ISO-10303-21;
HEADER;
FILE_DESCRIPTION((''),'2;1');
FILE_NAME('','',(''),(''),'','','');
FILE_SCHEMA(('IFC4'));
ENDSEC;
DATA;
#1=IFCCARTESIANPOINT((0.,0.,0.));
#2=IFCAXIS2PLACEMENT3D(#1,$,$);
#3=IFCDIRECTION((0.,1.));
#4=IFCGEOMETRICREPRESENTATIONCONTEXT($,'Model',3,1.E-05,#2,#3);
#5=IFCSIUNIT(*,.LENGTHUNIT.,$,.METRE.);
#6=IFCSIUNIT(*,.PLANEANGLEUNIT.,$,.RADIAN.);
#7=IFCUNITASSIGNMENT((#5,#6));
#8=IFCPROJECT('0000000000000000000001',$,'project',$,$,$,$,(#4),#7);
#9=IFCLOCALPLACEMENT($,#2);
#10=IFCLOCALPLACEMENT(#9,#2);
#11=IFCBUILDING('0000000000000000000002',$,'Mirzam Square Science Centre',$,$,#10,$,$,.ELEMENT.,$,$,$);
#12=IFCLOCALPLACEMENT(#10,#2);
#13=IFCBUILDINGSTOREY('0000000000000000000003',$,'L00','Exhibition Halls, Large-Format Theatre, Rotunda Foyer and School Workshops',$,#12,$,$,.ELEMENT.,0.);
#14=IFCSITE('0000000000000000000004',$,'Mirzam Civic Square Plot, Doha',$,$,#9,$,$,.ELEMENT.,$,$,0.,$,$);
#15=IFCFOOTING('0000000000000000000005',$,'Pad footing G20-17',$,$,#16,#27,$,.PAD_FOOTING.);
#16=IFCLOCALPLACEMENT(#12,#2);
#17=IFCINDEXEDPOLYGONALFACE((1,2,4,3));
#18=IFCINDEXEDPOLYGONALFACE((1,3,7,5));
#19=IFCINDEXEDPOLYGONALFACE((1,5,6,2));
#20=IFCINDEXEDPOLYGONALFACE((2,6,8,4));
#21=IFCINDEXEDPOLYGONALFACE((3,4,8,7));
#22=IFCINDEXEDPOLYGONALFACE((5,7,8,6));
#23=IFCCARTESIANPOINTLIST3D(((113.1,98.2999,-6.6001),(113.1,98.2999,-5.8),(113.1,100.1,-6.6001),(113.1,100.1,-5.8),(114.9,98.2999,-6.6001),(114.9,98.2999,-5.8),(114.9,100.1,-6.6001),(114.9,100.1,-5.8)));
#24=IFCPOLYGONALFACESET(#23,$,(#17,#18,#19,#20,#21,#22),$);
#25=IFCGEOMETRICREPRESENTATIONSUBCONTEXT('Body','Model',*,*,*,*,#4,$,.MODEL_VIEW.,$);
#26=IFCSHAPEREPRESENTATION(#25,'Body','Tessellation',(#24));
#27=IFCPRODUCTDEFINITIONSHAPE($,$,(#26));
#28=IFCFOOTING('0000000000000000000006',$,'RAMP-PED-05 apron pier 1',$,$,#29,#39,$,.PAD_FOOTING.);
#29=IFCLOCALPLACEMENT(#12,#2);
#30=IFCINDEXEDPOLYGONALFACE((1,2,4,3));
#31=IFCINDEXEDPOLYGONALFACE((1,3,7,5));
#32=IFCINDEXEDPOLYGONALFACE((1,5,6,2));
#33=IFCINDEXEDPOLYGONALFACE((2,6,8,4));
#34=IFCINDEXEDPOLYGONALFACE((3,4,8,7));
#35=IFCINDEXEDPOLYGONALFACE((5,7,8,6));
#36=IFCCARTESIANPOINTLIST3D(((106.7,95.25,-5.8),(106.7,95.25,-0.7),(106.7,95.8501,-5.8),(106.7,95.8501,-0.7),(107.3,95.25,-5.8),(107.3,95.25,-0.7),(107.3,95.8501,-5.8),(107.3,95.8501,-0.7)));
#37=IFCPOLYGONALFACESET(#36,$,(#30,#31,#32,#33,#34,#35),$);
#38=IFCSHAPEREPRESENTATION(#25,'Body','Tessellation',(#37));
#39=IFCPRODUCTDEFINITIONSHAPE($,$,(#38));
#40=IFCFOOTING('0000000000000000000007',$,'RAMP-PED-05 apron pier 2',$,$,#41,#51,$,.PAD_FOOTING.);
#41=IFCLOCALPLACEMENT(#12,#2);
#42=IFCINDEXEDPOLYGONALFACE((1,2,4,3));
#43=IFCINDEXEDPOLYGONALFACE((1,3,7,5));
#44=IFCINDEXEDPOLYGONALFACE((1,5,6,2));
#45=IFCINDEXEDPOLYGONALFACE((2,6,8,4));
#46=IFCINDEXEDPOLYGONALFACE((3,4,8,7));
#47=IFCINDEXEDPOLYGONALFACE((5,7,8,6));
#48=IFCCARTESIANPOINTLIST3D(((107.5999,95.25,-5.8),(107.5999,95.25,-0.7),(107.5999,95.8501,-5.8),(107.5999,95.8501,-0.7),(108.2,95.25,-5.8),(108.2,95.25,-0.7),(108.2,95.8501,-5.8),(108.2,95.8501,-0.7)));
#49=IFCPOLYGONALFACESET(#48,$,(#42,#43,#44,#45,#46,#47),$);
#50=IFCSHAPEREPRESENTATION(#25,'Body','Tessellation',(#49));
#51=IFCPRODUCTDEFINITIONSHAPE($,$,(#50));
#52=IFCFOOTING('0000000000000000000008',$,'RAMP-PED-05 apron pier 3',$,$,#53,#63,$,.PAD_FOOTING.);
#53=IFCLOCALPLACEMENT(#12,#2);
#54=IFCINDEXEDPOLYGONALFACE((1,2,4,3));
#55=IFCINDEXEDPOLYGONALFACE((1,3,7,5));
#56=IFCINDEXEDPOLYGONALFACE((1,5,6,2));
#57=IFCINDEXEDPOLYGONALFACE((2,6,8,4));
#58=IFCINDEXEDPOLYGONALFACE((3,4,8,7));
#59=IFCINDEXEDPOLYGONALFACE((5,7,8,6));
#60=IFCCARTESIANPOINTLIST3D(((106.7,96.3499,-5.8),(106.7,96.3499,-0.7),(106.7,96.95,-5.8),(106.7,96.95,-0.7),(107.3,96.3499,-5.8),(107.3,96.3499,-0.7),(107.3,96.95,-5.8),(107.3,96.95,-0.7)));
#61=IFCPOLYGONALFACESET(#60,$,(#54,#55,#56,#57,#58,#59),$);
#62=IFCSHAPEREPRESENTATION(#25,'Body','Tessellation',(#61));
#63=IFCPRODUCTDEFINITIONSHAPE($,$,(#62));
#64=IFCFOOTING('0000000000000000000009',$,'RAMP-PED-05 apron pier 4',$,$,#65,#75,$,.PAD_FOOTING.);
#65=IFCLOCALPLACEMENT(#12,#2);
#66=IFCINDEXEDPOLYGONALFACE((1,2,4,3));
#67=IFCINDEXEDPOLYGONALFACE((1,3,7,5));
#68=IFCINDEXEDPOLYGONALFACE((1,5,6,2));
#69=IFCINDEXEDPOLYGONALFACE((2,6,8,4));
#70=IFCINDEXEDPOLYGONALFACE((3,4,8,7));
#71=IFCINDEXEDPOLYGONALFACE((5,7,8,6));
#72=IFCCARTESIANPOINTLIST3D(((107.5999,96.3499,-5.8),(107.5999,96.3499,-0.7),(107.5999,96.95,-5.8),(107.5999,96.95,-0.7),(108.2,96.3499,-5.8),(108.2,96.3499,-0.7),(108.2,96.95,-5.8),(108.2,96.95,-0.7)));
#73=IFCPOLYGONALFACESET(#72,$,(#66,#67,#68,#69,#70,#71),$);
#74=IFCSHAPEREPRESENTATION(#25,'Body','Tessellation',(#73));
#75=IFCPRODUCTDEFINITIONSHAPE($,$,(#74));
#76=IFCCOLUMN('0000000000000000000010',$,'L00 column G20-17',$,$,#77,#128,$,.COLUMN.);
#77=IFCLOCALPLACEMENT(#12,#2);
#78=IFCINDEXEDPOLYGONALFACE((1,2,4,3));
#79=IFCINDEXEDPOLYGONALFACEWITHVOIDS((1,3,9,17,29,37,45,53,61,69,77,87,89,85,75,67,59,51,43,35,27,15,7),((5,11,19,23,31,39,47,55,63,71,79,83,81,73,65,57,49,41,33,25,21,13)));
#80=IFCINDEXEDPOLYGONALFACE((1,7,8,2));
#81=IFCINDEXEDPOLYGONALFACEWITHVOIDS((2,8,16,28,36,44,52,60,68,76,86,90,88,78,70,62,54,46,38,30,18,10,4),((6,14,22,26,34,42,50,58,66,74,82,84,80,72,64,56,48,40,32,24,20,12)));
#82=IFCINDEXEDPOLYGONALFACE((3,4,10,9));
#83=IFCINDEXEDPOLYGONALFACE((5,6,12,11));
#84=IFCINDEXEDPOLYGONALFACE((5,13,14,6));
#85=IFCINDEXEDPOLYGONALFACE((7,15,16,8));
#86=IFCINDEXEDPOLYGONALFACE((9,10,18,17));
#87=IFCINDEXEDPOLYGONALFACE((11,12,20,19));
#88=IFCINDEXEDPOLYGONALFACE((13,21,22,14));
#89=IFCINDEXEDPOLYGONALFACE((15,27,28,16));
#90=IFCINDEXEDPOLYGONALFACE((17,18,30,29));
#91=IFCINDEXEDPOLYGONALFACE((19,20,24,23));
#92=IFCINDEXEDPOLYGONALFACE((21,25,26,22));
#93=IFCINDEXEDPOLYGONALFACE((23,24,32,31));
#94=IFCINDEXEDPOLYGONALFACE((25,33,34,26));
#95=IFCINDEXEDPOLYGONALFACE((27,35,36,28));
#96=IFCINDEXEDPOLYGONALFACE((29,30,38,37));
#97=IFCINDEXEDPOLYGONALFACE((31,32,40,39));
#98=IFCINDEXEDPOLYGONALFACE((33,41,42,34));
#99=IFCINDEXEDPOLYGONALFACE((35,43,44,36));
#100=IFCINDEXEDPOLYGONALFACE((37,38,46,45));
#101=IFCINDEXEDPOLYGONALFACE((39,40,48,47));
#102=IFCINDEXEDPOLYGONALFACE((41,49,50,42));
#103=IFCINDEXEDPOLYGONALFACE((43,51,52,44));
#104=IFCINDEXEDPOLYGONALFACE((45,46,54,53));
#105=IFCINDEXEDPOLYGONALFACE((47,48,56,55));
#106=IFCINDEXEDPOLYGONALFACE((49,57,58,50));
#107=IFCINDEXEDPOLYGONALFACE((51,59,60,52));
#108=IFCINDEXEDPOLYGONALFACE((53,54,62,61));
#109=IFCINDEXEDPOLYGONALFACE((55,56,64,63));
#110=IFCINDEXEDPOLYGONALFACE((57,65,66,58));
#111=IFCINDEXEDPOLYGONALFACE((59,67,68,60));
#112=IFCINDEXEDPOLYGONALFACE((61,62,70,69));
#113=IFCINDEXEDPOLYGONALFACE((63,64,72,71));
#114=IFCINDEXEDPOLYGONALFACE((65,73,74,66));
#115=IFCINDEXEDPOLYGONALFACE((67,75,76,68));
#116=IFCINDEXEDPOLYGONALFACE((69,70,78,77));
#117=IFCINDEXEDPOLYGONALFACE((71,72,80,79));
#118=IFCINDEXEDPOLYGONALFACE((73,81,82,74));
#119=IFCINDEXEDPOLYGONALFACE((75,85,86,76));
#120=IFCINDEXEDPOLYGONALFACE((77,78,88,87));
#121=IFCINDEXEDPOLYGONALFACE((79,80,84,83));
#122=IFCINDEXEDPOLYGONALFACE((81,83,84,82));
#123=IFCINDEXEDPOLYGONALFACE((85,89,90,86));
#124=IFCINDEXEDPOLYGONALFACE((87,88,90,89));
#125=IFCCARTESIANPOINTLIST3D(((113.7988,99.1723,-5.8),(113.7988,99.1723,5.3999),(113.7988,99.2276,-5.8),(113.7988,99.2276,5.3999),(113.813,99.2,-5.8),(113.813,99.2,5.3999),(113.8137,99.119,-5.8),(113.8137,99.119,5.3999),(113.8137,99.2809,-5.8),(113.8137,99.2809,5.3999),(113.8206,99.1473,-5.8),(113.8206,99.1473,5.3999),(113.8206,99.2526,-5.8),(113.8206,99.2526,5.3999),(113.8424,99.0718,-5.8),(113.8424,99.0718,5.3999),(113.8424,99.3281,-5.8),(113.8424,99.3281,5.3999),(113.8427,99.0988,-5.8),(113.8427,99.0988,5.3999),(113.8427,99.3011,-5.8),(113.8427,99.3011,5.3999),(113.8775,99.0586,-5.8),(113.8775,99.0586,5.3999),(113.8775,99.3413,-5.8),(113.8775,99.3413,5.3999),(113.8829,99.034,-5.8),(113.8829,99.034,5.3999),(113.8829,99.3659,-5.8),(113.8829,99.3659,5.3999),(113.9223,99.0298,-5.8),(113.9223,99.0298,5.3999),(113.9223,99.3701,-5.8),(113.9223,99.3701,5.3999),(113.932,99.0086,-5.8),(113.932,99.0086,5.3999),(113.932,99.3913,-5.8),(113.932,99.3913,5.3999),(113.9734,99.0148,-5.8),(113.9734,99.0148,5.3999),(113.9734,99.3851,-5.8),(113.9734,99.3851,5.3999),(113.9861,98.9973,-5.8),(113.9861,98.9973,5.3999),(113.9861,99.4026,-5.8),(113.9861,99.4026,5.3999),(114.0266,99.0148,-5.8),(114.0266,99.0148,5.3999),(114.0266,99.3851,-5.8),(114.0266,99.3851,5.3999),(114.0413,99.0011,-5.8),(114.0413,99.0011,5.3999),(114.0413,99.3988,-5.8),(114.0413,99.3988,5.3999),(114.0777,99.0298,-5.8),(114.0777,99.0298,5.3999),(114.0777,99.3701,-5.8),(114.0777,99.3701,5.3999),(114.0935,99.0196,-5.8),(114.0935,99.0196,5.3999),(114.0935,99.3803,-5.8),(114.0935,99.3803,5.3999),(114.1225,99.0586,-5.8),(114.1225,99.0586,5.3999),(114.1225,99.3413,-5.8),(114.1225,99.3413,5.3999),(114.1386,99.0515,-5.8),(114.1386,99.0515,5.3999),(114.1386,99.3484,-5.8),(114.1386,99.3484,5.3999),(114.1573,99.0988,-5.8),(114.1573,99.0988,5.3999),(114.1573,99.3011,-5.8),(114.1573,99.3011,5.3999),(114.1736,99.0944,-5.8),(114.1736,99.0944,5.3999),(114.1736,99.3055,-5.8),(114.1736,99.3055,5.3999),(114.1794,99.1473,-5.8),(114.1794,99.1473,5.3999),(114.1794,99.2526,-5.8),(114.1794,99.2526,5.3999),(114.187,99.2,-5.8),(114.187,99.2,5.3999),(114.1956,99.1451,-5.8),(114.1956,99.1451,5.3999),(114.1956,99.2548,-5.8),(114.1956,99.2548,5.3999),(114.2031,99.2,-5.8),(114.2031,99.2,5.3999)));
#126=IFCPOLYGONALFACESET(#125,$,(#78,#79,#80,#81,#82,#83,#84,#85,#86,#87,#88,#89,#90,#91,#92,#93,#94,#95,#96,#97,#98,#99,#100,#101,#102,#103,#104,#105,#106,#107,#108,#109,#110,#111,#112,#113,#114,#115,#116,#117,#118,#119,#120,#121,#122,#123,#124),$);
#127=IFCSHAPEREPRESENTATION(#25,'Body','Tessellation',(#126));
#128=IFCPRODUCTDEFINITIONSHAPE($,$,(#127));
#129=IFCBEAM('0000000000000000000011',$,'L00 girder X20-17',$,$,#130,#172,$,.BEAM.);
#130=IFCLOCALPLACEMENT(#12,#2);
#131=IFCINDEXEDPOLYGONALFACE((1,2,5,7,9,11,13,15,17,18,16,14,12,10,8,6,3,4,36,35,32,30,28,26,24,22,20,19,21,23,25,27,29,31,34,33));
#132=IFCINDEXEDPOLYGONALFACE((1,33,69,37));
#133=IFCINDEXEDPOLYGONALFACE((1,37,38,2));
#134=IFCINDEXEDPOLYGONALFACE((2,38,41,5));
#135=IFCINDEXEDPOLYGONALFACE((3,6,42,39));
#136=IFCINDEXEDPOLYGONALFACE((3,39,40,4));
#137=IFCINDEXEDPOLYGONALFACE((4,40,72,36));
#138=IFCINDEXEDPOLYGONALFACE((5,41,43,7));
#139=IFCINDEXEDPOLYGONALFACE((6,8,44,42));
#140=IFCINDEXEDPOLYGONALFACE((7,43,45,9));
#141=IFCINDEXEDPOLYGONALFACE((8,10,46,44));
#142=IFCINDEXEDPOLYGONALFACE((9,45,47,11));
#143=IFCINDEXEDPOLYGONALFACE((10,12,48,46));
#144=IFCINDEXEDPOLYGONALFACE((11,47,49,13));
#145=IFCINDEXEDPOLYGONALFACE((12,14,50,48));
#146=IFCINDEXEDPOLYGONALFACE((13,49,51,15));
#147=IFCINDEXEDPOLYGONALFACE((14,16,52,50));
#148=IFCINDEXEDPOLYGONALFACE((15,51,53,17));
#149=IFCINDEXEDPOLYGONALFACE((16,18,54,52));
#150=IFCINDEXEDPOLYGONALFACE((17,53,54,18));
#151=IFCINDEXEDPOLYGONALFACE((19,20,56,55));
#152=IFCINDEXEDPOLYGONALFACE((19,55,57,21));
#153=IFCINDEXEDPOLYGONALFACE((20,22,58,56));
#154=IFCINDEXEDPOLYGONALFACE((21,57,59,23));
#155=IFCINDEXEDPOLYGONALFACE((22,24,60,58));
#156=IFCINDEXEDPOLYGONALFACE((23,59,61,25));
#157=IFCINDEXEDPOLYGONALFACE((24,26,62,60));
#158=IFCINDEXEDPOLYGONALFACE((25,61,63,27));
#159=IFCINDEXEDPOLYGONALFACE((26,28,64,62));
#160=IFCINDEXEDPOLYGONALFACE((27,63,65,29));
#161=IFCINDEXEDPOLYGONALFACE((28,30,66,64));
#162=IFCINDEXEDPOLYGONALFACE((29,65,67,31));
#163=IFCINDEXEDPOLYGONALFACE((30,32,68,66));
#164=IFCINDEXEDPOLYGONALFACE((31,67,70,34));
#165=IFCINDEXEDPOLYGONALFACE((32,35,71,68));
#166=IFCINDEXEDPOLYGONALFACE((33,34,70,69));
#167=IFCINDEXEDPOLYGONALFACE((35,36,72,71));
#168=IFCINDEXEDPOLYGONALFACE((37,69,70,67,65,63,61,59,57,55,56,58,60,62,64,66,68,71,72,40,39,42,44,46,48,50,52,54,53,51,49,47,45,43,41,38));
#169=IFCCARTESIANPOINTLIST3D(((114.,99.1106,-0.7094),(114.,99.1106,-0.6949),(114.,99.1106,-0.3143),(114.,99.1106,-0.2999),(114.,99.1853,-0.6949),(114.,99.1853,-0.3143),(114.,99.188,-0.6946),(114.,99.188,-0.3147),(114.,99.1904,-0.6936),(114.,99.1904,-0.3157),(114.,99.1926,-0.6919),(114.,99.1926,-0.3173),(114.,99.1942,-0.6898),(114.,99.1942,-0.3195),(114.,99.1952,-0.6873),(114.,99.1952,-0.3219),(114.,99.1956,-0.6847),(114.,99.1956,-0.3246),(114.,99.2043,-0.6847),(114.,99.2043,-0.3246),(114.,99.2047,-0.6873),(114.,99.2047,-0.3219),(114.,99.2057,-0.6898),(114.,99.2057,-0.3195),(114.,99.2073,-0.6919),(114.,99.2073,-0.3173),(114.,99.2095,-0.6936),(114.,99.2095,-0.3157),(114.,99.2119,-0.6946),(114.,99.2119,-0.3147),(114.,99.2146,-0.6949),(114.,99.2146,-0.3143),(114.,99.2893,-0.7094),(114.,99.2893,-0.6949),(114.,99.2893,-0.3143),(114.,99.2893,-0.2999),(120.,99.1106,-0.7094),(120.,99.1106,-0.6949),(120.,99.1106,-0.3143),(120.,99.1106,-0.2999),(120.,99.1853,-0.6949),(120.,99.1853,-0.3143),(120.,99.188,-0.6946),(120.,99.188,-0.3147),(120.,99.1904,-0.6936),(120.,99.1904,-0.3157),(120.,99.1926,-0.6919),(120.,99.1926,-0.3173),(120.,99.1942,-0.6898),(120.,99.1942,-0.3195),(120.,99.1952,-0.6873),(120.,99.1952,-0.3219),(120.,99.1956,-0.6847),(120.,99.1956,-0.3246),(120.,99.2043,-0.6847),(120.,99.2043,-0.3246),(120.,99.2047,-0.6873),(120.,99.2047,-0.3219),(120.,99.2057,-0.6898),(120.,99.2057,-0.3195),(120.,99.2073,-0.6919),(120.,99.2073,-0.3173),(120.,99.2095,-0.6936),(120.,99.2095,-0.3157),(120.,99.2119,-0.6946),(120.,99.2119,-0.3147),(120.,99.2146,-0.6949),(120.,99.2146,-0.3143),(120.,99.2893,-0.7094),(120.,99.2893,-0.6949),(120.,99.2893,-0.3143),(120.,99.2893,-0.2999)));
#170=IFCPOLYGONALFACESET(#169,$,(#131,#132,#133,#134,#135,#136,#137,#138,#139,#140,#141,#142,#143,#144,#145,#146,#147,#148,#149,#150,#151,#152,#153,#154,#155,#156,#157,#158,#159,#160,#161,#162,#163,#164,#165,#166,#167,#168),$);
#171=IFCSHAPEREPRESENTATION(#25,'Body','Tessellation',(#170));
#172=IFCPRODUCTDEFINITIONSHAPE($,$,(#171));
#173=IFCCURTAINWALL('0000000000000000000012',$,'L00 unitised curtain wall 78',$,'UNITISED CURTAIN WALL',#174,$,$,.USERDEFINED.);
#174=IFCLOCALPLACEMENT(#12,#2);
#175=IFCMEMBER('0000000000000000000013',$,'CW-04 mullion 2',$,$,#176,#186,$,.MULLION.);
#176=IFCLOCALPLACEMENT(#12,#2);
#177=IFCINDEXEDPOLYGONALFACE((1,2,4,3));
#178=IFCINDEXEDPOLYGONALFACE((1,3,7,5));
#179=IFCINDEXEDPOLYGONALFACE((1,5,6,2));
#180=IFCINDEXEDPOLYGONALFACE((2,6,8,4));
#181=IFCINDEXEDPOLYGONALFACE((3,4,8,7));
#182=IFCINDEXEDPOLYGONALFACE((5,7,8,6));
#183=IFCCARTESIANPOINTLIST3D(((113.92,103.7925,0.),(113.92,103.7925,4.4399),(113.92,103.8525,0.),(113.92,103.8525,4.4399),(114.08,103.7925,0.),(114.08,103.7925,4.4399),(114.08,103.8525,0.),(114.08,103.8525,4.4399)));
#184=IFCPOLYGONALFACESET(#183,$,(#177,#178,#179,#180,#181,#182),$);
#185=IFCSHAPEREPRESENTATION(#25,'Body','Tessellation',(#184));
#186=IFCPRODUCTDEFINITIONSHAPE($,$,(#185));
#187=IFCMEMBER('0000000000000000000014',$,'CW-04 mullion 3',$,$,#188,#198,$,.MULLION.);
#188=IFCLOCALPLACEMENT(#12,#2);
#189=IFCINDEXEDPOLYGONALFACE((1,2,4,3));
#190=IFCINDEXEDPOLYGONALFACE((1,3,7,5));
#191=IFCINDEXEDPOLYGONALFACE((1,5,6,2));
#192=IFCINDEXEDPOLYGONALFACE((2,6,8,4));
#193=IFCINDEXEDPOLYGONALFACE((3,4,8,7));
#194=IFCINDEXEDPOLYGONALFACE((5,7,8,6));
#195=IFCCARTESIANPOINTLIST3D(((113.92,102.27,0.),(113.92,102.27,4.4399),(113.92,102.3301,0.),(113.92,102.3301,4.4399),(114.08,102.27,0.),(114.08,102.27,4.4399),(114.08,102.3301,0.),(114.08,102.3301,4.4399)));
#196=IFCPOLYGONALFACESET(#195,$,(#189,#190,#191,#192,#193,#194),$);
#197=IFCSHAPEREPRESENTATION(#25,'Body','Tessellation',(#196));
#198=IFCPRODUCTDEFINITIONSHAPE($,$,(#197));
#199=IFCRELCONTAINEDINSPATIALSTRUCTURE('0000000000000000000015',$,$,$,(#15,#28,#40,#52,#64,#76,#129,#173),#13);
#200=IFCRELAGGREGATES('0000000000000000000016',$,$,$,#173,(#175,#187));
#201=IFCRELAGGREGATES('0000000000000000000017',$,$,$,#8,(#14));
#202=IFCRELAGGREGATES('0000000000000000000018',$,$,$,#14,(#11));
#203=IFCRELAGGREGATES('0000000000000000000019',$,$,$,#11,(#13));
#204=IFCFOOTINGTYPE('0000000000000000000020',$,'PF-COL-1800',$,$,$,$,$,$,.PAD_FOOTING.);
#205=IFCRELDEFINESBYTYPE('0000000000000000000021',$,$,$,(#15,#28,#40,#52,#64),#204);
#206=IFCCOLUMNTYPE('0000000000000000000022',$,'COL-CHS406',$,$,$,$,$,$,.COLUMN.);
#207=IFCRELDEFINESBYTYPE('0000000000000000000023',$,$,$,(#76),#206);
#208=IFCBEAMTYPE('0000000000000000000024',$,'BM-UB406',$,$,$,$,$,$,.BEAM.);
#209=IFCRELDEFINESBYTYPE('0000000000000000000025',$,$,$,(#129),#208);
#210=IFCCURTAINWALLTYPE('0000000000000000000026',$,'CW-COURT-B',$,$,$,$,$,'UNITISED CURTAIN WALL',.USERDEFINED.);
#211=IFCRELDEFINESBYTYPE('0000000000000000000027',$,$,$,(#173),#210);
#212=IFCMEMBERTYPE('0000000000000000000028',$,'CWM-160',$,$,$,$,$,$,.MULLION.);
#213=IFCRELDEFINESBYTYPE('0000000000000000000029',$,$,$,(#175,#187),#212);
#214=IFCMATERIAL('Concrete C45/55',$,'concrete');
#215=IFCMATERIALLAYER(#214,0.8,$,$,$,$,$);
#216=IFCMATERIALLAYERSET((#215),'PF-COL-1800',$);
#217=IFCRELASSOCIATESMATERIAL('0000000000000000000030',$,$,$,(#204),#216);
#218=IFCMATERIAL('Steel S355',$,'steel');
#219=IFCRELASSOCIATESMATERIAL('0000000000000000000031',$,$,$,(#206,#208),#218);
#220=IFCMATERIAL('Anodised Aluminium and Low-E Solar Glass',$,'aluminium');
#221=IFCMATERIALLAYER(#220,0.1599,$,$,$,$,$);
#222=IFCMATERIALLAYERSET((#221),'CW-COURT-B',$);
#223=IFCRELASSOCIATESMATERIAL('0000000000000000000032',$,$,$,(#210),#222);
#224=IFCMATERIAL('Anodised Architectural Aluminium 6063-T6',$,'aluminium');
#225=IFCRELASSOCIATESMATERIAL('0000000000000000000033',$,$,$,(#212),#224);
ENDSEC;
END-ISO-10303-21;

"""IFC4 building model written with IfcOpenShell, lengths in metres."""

from ifc_helpers import new_model, si_unit, direction, frame, origin, origin_2d, place, context, subcontext, project, spatial, rectangle, hollow_circle, i_section, extrude, material, layer, layer_set, material_profile, profile_set, type_object, element, aggregate, save


model = new_model("IFC4")

# Units and contexts
model_context = context("Model", 3, precision=1e-05, world=origin(), true_north=direction((0.0, 1.0)))
body_context = subcontext(model_context, "Body", "Model", "MODEL_VIEW")
ifc_project = project(units=[si_unit("LENGTHUNIT", "METRE"), si_unit("PLANEANGLEUNIT", "RADIAN")], contexts=[model_context])

# Site, building, storey
site_placement = place(None, origin())
site = spatial("IfcSite", under=ifc_project, at=site_placement, Name="Mirzam Civic Square Plot, Doha", CompositionType="ELEMENT", RefElevation=0.0)
building_placement = place(site_placement, origin())
building = spatial("IfcBuilding", under=site, at=building_placement, Name="Mirzam Square Science Centre", CompositionType="ELEMENT")
storey_placement = place(building_placement, origin())
storey = spatial("IfcBuildingStorey", under=building, at=storey_placement, Name="L00", Description="Exhibition Halls, Large-Format Theatre, Rotunda Foyer and School Workshops", CompositionType="ELEMENT", Elevation=0.0)

# Footings
ifc_material_1 = material(Name="Concrete C45/55", Category="concrete")
ifc_layer_1 = layer(ifc_material_1, 0.8)
ifc_layer_set_1 = layer_set([ifc_layer_1], Name="PF-COL-1800")
footing_type = type_object("IfcFootingType", Name="PF-COL-1800", PredefinedType="PAD_FOOTING", material=ifc_layer_set_1)
footing_placement = place(storey_placement, frame((114.0, 99.2, -6.6001), z_axis=(0.0, 0.0, 1.0), x_axis=(1.0, 0.0, 0.0)))
element("IfcFooting", 1, at=footing_placement, inside=storey, type_object=footing_type, Name="Pad footing G20-17", PredefinedType="PAD_FOOTING", context=body_context, shape_type="SweptSolid", body=[
    extrude(rectangle(XDim=1.8, YDim=1.8, at=origin_2d()), origin(), (0.0, 0.0, 1.0), 0.8),
])
for number, where, z_axis, x_axis, name in (
    (2, (107.0, 95.55, -5.8), (0.0, 0.0, 1.0), (1.0, 0.0, 0.0), "RAMP-PED-05 apron pier 1"),
    (3, (107.8999, 95.55, -5.8), (0.0, 0.0, 1.0), (1.0, 0.0, 0.0), "RAMP-PED-05 apron pier 2"),
    (4, (107.0, 96.6499, -5.8), (0.0, 0.0, 1.0), (1.0, 0.0, 0.0), "RAMP-PED-05 apron pier 3"),
    (5, (107.8999, 96.6499, -5.8), (0.0, 0.0, 1.0), (1.0, 0.0, 0.0), "RAMP-PED-05 apron pier 4"),
):
    element("IfcFooting", number, at=place(storey_placement, frame(where, z_axis=z_axis, x_axis=x_axis)), inside=storey, type_object=footing_type, Name=name, PredefinedType="PAD_FOOTING", context=body_context, shape_type="SweptSolid", body=[
        extrude(rectangle(XDim=0.6001, YDim=0.6001, at=origin_2d()), origin(), (0.0, 0.0, 1.0), 5.1001),
    ])

# Column
ifc_material_2 = material(Name="Steel S355", Category="steel")
ifc_material_profile_1 = material_profile(ifc_material_2, hollow_circle(Radius=0.2031, WallThickness=0.0161, at=origin_2d()), Name="406.4x16.0CHS")
ifc_profile_set_1 = profile_set([ifc_material_profile_1], Name="Steel S355")
column_type = type_object("IfcColumnType", Name="COL-CHS406", PredefinedType="COLUMN", material=ifc_profile_set_1)
column_placement = place(storey_placement, frame((114.0, 99.2, -5.8), z_axis=(0.0, 0.0, 1.0), x_axis=(1.0, 0.0, 0.0)))
element("IfcColumn", 6, at=column_placement, inside=storey, type_object=column_type, Name="L00 column G20-17", PredefinedType="COLUMN", context=body_context, shape_type="SweptSolid", body=[
    extrude(hollow_circle(Radius=0.2031, WallThickness=0.0161, at=origin_2d()), origin(), (0.0, 0.0, 1.0), 11.2),
])

# Beam
ifc_material_profile_2 = material_profile(ifc_material_2, i_section(OverallWidth=0.1787, OverallDepth=0.4094, WebThickness=0.0088, FlangeThickness=0.0144, FilletRadius=0.0103, at=origin_2d()), Name="406x178x67UB")
ifc_profile_set_2 = profile_set([ifc_material_profile_2], Name="Steel S355")
beam_type_1 = type_object("IfcBeamType", Name="BM-UB406", PredefinedType="BEAM", material=ifc_profile_set_2)
beam_1_placement = place(storey_placement, frame((114.0, 99.2, -0.5046), z_axis=(1.0, 0.0, 0.0), x_axis=(0.0, 1.0, 0.0)))
element("IfcBeam", 7, at=beam_1_placement, inside=storey, type_object=beam_type_1, Name="L00 girder X20-17", PredefinedType="BEAM", context=body_context, shape_type="SweptSolid", body=[
    extrude(i_section(OverallWidth=0.1787, OverallDepth=0.4094, WebThickness=0.0088, FlangeThickness=0.0144, FilletRadius=0.0103, at=origin_2d()), origin(), (0.0, 0.0, 1.0), 6.0),
])

# Curtain wall, members
ifc_material_3 = material(Name="Anodised Aluminium and Low-E Solar Glass", Category="aluminium")
ifc_layer_2 = layer(ifc_material_3, 0.1599)
ifc_layer_set_2 = layer_set([ifc_layer_2], Name="CW-COURT-B")
curtain_wall_type = type_object("IfcCurtainWallType", Name="CW-COURT-B", ElementType="UNITISED CURTAIN WALL", PredefinedType="USERDEFINED", material=ifc_layer_set_2)
curtain_wall_placement = place(storey_placement, origin())
curtain_wall = element("IfcCurtainWall", 8, at=curtain_wall_placement, inside=storey, type_object=curtain_wall_type, Name="L00 unitised curtain wall 78", ObjectType="UNITISED CURTAIN WALL", PredefinedType="USERDEFINED")
ifc_material_4 = material(Name="Anodised Architectural Aluminium 6063-T6", Category="aluminium")
ifc_material_profile_3 = material_profile(ifc_material_4, rectangle(XDim=0.0601, YDim=0.1599, at=origin_2d()), Name="ALU-MULL-160x60x4")
ifc_profile_set_3 = profile_set([ifc_material_profile_3], Name="Anodised Architectural Aluminium 6063-T6")
member_type_1 = type_object("IfcMemberType", Name="CWM-160", PredefinedType="MULLION", material=ifc_profile_set_3)
member_1_placement = place(storey_placement, frame((114.0, 103.8225, 0.0), z_axis=(0.0, 0.0, 1.0), x_axis=(0.0, -1.0, 0.0)))
member_1 = element("IfcMember", 9, at=member_1_placement, type_object=member_type_1, Name="CW-04 mullion 2", PredefinedType="MULLION", context=body_context, shape_type="SweptSolid", body=[
    extrude(rectangle(XDim=0.0601, YDim=0.1599, at=origin_2d()), origin(), (0.0, 0.0, 1.0), 4.4399),
])
member_2_placement = place(storey_placement, frame((114.0, 102.3, 0.0), z_axis=(0.0, 0.0, 1.0), x_axis=(0.0, -1.0, 0.0)))
member_2 = element("IfcMember", 10, at=member_2_placement, type_object=member_type_1, Name="CW-04 mullion 3", PredefinedType="MULLION", context=body_context, shape_type="SweptSolid", body=[
    extrude(rectangle(XDim=0.0601, YDim=0.1599, at=origin_2d()), origin(), (0.0, 0.0, 1.0), 4.4399),
])

aggregate(curtain_wall, [member_1, member_2])

save(model, "model.ifc")
